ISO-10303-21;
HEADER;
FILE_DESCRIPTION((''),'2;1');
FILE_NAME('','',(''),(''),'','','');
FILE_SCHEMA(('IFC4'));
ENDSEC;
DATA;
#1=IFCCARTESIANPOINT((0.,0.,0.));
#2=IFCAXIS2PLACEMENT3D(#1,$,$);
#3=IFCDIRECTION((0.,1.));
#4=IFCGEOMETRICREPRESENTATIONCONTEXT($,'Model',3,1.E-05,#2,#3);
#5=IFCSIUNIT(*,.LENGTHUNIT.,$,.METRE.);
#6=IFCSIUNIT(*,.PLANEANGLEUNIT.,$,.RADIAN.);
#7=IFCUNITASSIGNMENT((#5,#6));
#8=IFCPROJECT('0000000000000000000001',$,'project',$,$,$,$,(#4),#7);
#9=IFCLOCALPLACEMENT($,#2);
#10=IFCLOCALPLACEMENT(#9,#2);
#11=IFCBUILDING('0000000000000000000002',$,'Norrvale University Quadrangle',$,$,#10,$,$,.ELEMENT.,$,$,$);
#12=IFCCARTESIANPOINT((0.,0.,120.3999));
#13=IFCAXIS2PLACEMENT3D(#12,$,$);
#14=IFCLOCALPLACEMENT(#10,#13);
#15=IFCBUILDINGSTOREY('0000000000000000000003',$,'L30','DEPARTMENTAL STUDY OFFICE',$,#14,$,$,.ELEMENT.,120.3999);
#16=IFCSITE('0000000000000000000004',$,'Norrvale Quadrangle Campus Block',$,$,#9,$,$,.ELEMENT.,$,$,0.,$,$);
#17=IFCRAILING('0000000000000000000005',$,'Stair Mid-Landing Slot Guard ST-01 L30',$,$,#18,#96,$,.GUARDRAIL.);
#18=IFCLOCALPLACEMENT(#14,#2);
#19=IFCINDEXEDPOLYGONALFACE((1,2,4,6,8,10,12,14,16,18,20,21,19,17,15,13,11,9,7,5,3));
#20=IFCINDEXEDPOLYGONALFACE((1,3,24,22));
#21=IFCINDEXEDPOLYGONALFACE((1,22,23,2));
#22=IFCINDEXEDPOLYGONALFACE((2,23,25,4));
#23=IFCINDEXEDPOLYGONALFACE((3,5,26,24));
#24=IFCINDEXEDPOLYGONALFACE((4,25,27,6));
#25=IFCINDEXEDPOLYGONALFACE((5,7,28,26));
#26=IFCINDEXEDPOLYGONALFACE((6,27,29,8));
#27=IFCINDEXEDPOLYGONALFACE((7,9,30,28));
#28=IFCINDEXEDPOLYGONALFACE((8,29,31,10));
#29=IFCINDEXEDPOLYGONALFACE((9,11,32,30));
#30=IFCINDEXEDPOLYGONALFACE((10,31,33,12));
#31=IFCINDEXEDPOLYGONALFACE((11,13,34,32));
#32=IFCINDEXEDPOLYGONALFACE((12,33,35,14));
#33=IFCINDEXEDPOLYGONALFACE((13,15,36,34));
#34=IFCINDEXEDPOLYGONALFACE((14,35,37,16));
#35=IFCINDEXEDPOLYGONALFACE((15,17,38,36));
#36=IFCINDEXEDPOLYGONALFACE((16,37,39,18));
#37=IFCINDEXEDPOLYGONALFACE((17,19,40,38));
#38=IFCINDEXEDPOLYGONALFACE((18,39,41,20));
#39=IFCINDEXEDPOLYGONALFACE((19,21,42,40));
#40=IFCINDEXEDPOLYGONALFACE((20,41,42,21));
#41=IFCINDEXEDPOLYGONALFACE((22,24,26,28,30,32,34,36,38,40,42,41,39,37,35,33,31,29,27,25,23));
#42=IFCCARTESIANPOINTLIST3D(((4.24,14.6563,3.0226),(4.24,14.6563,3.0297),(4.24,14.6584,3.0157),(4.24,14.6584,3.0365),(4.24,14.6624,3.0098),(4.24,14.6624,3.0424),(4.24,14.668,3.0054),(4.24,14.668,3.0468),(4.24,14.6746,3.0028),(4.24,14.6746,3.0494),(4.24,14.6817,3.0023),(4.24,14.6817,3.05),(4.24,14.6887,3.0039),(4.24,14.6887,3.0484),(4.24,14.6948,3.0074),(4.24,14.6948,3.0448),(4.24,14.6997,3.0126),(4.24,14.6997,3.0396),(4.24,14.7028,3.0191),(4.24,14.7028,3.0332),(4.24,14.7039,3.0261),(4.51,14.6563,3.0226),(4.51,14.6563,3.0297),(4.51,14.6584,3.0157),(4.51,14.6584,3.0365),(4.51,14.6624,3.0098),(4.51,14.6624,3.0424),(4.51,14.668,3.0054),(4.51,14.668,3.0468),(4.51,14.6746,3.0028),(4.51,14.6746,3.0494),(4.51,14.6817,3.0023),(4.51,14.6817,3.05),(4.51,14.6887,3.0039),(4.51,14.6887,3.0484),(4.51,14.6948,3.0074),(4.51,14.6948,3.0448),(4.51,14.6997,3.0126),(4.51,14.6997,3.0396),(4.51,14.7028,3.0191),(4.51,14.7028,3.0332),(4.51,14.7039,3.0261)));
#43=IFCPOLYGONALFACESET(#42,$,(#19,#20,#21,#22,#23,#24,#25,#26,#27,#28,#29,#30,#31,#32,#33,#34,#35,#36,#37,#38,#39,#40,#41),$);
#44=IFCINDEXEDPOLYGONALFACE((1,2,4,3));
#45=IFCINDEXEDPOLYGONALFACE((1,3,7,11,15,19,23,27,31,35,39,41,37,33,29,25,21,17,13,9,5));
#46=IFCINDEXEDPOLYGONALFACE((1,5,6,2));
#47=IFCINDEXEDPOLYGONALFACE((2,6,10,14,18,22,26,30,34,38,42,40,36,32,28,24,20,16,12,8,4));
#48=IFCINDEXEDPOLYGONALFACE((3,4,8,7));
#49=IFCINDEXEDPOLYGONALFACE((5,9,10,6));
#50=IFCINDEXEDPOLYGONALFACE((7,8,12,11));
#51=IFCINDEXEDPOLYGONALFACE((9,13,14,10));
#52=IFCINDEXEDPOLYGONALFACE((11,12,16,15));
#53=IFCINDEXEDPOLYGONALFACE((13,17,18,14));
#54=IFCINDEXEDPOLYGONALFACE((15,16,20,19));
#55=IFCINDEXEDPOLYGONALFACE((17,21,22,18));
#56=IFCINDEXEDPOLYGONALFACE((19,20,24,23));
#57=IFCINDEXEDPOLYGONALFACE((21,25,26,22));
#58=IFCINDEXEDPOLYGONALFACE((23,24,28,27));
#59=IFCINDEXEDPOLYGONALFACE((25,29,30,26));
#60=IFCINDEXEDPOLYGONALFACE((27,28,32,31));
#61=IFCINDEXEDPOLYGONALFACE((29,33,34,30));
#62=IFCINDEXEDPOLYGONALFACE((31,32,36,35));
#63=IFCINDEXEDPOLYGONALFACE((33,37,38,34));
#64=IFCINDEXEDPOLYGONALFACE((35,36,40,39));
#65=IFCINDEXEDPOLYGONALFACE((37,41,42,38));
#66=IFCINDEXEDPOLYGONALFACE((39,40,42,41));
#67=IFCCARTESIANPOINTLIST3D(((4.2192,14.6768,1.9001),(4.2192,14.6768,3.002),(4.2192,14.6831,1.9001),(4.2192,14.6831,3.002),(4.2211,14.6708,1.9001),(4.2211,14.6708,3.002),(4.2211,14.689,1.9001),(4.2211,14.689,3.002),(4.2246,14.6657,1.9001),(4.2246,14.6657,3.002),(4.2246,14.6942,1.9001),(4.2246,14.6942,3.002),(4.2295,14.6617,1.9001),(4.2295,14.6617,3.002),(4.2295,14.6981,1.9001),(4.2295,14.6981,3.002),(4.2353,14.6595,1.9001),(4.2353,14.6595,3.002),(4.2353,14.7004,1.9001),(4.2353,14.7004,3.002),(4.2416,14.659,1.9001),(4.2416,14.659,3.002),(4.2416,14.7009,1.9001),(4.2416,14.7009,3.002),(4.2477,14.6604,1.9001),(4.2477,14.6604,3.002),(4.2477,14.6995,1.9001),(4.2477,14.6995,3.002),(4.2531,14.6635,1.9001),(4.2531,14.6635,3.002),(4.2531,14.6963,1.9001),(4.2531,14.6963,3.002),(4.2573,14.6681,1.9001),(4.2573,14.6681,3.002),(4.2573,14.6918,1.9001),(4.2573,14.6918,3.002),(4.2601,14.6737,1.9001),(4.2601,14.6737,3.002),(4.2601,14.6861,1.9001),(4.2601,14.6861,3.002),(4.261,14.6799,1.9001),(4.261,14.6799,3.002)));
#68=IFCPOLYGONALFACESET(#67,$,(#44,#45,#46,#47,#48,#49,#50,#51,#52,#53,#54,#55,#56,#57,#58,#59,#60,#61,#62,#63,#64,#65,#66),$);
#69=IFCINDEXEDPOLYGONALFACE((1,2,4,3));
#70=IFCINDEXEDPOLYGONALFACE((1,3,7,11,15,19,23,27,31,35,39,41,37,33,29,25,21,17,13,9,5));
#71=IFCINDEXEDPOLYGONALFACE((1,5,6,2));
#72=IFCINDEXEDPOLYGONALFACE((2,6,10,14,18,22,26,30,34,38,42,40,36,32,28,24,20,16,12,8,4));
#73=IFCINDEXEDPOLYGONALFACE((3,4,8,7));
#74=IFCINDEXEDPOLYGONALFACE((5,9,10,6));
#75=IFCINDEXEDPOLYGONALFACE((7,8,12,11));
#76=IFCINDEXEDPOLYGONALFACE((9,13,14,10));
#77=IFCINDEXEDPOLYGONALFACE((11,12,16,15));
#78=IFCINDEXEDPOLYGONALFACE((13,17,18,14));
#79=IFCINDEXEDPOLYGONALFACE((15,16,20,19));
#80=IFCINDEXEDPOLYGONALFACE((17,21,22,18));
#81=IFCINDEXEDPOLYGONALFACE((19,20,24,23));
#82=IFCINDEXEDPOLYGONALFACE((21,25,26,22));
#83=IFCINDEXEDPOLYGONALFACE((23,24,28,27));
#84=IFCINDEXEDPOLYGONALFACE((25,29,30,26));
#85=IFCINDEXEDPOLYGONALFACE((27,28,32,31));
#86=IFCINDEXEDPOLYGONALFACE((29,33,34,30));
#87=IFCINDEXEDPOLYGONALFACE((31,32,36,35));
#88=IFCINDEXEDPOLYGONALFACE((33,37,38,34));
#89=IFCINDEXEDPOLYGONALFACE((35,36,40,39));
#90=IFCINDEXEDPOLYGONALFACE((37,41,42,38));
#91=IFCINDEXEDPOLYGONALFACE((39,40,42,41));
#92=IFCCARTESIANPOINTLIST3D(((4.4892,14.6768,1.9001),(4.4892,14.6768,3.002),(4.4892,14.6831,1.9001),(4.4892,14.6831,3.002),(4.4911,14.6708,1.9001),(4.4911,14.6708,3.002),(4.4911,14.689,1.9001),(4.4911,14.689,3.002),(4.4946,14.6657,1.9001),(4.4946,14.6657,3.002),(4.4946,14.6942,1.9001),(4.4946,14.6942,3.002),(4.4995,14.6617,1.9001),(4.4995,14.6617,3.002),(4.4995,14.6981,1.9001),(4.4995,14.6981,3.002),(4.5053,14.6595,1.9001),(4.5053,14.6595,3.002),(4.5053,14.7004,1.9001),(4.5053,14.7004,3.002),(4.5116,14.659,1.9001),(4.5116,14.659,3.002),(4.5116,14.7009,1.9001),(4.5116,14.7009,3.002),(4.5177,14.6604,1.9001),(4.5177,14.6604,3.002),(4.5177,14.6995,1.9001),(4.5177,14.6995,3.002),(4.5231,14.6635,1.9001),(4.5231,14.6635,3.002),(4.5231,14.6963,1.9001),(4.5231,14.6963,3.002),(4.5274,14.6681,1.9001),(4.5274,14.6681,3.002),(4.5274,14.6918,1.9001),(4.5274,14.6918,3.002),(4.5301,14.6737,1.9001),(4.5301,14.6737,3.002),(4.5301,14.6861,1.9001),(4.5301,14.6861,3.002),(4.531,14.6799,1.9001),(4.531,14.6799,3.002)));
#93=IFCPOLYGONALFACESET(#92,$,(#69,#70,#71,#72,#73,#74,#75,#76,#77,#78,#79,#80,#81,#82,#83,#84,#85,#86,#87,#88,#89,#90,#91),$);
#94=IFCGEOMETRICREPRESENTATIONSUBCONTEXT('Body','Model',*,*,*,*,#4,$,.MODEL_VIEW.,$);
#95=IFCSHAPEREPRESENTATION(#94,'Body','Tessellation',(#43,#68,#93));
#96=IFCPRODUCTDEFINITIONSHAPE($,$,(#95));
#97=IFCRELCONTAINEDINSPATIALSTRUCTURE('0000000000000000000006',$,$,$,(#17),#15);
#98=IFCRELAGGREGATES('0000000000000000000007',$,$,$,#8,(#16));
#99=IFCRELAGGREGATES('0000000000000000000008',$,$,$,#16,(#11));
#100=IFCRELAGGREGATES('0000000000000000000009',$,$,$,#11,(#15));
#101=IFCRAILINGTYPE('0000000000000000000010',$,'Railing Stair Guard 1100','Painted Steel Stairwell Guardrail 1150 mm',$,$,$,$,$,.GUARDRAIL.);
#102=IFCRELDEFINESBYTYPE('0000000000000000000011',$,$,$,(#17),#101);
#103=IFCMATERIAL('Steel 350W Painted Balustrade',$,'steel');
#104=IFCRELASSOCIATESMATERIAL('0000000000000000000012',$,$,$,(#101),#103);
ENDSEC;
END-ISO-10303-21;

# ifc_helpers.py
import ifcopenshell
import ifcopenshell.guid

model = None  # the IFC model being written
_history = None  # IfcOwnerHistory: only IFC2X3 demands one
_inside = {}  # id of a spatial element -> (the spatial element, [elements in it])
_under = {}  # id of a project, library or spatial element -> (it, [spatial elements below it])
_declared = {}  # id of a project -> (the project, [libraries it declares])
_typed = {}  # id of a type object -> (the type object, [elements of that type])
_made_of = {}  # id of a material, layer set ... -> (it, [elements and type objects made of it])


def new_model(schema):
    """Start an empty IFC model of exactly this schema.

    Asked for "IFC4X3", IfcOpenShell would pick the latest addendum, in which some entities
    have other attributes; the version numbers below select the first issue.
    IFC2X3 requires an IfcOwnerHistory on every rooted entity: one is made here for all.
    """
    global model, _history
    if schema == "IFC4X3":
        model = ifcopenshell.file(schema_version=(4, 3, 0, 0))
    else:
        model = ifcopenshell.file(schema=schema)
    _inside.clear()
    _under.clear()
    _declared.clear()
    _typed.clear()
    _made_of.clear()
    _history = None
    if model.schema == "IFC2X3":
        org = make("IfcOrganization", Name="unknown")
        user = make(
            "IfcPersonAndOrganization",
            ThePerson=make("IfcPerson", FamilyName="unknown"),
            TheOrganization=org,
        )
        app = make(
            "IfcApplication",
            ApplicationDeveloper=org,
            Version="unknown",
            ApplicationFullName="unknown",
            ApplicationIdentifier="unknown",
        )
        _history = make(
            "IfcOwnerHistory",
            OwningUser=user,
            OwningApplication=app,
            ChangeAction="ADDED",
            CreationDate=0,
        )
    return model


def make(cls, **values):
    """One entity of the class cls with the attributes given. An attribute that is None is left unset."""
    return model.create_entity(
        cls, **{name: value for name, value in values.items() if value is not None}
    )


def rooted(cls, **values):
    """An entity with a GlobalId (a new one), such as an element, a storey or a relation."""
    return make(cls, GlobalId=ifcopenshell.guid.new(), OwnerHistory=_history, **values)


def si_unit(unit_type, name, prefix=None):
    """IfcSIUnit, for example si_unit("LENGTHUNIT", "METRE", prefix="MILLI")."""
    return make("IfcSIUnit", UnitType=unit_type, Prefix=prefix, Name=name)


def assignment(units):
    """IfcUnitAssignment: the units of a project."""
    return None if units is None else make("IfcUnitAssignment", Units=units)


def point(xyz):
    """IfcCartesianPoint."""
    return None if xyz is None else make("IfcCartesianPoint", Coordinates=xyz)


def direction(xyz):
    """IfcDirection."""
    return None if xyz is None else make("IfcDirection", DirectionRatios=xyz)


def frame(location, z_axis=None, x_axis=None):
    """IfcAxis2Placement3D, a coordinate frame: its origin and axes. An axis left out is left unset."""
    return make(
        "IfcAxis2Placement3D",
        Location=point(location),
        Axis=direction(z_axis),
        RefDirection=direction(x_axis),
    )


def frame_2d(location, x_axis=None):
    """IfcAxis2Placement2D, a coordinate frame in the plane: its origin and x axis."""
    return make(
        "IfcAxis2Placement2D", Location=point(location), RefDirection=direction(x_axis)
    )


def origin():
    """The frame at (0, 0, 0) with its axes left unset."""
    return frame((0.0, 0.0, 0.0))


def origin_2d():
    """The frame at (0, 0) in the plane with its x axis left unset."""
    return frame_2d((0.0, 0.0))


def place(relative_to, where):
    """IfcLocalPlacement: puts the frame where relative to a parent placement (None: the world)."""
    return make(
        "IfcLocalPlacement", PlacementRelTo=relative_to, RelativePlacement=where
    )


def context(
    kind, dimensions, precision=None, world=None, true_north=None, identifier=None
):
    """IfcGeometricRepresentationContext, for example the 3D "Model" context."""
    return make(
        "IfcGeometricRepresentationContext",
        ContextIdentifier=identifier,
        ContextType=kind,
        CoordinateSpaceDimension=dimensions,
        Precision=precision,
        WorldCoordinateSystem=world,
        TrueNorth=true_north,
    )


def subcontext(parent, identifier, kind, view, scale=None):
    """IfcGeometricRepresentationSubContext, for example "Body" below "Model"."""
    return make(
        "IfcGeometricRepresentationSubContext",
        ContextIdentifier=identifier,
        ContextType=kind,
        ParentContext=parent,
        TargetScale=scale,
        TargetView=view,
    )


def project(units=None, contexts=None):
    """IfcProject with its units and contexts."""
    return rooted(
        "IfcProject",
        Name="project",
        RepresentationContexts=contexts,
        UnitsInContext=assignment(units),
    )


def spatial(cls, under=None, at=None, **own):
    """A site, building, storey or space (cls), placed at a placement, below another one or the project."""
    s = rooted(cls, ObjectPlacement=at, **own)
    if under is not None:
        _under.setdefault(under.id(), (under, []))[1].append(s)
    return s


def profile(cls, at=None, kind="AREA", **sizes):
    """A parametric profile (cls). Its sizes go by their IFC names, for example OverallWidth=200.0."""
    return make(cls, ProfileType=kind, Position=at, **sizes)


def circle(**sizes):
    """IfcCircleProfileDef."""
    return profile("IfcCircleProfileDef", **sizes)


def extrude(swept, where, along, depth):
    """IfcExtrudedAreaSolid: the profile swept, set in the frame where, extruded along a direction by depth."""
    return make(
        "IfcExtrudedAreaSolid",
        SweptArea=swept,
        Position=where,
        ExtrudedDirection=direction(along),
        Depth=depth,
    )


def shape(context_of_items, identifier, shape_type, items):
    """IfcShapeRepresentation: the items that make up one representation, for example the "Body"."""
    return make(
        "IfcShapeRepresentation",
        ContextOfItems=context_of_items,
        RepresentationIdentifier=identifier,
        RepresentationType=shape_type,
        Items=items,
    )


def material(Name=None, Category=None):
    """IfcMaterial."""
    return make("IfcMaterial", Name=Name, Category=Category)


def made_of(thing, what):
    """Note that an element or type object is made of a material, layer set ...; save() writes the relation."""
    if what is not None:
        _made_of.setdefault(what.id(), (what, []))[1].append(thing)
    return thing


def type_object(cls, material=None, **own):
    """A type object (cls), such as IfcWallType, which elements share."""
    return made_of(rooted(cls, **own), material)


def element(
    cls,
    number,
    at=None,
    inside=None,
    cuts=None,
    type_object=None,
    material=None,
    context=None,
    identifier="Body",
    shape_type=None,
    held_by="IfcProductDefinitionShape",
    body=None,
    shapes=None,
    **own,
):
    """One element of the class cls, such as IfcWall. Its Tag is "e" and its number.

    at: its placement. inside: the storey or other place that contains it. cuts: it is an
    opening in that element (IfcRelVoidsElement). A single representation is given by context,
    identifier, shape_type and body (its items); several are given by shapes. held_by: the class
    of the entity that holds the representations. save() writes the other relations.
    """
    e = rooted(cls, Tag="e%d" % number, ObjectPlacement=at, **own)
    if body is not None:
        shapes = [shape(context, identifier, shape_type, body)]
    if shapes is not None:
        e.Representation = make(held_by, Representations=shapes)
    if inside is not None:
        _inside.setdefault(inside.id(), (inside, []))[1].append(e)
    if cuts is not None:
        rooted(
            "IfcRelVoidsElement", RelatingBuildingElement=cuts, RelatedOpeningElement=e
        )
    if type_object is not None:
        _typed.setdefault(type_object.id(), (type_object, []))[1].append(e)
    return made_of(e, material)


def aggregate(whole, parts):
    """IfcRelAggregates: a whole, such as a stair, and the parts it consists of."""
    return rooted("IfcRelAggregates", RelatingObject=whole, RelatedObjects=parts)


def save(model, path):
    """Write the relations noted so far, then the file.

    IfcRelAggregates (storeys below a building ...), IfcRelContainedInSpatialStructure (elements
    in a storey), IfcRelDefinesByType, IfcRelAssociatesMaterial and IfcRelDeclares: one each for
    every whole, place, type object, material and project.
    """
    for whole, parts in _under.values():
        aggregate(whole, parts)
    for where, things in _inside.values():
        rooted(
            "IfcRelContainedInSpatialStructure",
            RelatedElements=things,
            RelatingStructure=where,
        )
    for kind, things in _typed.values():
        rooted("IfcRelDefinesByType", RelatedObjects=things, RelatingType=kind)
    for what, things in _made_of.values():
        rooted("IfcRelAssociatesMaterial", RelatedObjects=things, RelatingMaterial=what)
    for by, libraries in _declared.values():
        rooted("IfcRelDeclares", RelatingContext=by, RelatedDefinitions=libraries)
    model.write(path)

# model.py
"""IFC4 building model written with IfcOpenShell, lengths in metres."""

from ifc_helpers import new_model, si_unit, direction, frame, origin, origin_2d, place, context, subcontext, project, spatial, circle, extrude, material, type_object, element, save


model = new_model("IFC4")

# Units and contexts
model_context = context("Model", 3, precision=1e-05, world=origin(), true_north=direction((0.0, 1.0)))
body_context = subcontext(model_context, "Body", "Model", "MODEL_VIEW")
ifc_project = project(units=[si_unit("LENGTHUNIT", "METRE"), si_unit("PLANEANGLEUNIT", "RADIAN")], contexts=[model_context])

# Site, building, storey
site_placement = place(None, origin())
site = spatial("IfcSite", under=ifc_project, at=site_placement, Name="Norrvale Quadrangle Campus Block", CompositionType="ELEMENT", RefElevation=0.0)
building_placement = place(site_placement, origin())
building = spatial("IfcBuilding", under=site, at=building_placement, Name="Norrvale University Quadrangle", CompositionType="ELEMENT")
storey_placement = place(building_placement, frame((0.0, 0.0, 120.3999)))
storey = spatial("IfcBuildingStorey", under=building, at=storey_placement, Name="L30", Description="DEPARTMENTAL STUDY OFFICE", CompositionType="ELEMENT", Elevation=120.3999)

# Railing
ifc_material_1 = material(Name="Steel 350W Painted Balustrade", Category="steel")
railing_type_1 = type_object("IfcRailingType", Name="Railing Stair Guard 1100", Description="Painted Steel Stairwell Guardrail 1150 mm", PredefinedType="GUARDRAIL", material=ifc_material_1)
railing_1_placement = place(storey_placement, frame((4.24, 14.6799, 1.9001)))
element("IfcRailing", 1, at=railing_1_placement, inside=storey, type_object=railing_type_1, Name="Stair Mid-Landing Slot Guard ST-01 L30", PredefinedType="GUARDRAIL", context=body_context, shape_type="SweptSolid", body=[
    extrude(circle(Radius=0.0239, at=origin_2d()), frame((0.0, 0.0, 1.126), z_axis=(1.0, 0.0, 0.0), x_axis=(0.0, 1.0, 0.0)), (0.0, 0.0, 1.0), 0.27),
    extrude(circle(Radius=0.021, at=origin_2d()), origin(), (0.0, 0.0, 1.0), 1.1018),
    extrude(circle(Radius=0.021, at=origin_2d()), frame((0.27, 0.0, 0.0)), (0.0, 0.0, 1.0), 1.1018),
])

save(model, "model.ifc")
